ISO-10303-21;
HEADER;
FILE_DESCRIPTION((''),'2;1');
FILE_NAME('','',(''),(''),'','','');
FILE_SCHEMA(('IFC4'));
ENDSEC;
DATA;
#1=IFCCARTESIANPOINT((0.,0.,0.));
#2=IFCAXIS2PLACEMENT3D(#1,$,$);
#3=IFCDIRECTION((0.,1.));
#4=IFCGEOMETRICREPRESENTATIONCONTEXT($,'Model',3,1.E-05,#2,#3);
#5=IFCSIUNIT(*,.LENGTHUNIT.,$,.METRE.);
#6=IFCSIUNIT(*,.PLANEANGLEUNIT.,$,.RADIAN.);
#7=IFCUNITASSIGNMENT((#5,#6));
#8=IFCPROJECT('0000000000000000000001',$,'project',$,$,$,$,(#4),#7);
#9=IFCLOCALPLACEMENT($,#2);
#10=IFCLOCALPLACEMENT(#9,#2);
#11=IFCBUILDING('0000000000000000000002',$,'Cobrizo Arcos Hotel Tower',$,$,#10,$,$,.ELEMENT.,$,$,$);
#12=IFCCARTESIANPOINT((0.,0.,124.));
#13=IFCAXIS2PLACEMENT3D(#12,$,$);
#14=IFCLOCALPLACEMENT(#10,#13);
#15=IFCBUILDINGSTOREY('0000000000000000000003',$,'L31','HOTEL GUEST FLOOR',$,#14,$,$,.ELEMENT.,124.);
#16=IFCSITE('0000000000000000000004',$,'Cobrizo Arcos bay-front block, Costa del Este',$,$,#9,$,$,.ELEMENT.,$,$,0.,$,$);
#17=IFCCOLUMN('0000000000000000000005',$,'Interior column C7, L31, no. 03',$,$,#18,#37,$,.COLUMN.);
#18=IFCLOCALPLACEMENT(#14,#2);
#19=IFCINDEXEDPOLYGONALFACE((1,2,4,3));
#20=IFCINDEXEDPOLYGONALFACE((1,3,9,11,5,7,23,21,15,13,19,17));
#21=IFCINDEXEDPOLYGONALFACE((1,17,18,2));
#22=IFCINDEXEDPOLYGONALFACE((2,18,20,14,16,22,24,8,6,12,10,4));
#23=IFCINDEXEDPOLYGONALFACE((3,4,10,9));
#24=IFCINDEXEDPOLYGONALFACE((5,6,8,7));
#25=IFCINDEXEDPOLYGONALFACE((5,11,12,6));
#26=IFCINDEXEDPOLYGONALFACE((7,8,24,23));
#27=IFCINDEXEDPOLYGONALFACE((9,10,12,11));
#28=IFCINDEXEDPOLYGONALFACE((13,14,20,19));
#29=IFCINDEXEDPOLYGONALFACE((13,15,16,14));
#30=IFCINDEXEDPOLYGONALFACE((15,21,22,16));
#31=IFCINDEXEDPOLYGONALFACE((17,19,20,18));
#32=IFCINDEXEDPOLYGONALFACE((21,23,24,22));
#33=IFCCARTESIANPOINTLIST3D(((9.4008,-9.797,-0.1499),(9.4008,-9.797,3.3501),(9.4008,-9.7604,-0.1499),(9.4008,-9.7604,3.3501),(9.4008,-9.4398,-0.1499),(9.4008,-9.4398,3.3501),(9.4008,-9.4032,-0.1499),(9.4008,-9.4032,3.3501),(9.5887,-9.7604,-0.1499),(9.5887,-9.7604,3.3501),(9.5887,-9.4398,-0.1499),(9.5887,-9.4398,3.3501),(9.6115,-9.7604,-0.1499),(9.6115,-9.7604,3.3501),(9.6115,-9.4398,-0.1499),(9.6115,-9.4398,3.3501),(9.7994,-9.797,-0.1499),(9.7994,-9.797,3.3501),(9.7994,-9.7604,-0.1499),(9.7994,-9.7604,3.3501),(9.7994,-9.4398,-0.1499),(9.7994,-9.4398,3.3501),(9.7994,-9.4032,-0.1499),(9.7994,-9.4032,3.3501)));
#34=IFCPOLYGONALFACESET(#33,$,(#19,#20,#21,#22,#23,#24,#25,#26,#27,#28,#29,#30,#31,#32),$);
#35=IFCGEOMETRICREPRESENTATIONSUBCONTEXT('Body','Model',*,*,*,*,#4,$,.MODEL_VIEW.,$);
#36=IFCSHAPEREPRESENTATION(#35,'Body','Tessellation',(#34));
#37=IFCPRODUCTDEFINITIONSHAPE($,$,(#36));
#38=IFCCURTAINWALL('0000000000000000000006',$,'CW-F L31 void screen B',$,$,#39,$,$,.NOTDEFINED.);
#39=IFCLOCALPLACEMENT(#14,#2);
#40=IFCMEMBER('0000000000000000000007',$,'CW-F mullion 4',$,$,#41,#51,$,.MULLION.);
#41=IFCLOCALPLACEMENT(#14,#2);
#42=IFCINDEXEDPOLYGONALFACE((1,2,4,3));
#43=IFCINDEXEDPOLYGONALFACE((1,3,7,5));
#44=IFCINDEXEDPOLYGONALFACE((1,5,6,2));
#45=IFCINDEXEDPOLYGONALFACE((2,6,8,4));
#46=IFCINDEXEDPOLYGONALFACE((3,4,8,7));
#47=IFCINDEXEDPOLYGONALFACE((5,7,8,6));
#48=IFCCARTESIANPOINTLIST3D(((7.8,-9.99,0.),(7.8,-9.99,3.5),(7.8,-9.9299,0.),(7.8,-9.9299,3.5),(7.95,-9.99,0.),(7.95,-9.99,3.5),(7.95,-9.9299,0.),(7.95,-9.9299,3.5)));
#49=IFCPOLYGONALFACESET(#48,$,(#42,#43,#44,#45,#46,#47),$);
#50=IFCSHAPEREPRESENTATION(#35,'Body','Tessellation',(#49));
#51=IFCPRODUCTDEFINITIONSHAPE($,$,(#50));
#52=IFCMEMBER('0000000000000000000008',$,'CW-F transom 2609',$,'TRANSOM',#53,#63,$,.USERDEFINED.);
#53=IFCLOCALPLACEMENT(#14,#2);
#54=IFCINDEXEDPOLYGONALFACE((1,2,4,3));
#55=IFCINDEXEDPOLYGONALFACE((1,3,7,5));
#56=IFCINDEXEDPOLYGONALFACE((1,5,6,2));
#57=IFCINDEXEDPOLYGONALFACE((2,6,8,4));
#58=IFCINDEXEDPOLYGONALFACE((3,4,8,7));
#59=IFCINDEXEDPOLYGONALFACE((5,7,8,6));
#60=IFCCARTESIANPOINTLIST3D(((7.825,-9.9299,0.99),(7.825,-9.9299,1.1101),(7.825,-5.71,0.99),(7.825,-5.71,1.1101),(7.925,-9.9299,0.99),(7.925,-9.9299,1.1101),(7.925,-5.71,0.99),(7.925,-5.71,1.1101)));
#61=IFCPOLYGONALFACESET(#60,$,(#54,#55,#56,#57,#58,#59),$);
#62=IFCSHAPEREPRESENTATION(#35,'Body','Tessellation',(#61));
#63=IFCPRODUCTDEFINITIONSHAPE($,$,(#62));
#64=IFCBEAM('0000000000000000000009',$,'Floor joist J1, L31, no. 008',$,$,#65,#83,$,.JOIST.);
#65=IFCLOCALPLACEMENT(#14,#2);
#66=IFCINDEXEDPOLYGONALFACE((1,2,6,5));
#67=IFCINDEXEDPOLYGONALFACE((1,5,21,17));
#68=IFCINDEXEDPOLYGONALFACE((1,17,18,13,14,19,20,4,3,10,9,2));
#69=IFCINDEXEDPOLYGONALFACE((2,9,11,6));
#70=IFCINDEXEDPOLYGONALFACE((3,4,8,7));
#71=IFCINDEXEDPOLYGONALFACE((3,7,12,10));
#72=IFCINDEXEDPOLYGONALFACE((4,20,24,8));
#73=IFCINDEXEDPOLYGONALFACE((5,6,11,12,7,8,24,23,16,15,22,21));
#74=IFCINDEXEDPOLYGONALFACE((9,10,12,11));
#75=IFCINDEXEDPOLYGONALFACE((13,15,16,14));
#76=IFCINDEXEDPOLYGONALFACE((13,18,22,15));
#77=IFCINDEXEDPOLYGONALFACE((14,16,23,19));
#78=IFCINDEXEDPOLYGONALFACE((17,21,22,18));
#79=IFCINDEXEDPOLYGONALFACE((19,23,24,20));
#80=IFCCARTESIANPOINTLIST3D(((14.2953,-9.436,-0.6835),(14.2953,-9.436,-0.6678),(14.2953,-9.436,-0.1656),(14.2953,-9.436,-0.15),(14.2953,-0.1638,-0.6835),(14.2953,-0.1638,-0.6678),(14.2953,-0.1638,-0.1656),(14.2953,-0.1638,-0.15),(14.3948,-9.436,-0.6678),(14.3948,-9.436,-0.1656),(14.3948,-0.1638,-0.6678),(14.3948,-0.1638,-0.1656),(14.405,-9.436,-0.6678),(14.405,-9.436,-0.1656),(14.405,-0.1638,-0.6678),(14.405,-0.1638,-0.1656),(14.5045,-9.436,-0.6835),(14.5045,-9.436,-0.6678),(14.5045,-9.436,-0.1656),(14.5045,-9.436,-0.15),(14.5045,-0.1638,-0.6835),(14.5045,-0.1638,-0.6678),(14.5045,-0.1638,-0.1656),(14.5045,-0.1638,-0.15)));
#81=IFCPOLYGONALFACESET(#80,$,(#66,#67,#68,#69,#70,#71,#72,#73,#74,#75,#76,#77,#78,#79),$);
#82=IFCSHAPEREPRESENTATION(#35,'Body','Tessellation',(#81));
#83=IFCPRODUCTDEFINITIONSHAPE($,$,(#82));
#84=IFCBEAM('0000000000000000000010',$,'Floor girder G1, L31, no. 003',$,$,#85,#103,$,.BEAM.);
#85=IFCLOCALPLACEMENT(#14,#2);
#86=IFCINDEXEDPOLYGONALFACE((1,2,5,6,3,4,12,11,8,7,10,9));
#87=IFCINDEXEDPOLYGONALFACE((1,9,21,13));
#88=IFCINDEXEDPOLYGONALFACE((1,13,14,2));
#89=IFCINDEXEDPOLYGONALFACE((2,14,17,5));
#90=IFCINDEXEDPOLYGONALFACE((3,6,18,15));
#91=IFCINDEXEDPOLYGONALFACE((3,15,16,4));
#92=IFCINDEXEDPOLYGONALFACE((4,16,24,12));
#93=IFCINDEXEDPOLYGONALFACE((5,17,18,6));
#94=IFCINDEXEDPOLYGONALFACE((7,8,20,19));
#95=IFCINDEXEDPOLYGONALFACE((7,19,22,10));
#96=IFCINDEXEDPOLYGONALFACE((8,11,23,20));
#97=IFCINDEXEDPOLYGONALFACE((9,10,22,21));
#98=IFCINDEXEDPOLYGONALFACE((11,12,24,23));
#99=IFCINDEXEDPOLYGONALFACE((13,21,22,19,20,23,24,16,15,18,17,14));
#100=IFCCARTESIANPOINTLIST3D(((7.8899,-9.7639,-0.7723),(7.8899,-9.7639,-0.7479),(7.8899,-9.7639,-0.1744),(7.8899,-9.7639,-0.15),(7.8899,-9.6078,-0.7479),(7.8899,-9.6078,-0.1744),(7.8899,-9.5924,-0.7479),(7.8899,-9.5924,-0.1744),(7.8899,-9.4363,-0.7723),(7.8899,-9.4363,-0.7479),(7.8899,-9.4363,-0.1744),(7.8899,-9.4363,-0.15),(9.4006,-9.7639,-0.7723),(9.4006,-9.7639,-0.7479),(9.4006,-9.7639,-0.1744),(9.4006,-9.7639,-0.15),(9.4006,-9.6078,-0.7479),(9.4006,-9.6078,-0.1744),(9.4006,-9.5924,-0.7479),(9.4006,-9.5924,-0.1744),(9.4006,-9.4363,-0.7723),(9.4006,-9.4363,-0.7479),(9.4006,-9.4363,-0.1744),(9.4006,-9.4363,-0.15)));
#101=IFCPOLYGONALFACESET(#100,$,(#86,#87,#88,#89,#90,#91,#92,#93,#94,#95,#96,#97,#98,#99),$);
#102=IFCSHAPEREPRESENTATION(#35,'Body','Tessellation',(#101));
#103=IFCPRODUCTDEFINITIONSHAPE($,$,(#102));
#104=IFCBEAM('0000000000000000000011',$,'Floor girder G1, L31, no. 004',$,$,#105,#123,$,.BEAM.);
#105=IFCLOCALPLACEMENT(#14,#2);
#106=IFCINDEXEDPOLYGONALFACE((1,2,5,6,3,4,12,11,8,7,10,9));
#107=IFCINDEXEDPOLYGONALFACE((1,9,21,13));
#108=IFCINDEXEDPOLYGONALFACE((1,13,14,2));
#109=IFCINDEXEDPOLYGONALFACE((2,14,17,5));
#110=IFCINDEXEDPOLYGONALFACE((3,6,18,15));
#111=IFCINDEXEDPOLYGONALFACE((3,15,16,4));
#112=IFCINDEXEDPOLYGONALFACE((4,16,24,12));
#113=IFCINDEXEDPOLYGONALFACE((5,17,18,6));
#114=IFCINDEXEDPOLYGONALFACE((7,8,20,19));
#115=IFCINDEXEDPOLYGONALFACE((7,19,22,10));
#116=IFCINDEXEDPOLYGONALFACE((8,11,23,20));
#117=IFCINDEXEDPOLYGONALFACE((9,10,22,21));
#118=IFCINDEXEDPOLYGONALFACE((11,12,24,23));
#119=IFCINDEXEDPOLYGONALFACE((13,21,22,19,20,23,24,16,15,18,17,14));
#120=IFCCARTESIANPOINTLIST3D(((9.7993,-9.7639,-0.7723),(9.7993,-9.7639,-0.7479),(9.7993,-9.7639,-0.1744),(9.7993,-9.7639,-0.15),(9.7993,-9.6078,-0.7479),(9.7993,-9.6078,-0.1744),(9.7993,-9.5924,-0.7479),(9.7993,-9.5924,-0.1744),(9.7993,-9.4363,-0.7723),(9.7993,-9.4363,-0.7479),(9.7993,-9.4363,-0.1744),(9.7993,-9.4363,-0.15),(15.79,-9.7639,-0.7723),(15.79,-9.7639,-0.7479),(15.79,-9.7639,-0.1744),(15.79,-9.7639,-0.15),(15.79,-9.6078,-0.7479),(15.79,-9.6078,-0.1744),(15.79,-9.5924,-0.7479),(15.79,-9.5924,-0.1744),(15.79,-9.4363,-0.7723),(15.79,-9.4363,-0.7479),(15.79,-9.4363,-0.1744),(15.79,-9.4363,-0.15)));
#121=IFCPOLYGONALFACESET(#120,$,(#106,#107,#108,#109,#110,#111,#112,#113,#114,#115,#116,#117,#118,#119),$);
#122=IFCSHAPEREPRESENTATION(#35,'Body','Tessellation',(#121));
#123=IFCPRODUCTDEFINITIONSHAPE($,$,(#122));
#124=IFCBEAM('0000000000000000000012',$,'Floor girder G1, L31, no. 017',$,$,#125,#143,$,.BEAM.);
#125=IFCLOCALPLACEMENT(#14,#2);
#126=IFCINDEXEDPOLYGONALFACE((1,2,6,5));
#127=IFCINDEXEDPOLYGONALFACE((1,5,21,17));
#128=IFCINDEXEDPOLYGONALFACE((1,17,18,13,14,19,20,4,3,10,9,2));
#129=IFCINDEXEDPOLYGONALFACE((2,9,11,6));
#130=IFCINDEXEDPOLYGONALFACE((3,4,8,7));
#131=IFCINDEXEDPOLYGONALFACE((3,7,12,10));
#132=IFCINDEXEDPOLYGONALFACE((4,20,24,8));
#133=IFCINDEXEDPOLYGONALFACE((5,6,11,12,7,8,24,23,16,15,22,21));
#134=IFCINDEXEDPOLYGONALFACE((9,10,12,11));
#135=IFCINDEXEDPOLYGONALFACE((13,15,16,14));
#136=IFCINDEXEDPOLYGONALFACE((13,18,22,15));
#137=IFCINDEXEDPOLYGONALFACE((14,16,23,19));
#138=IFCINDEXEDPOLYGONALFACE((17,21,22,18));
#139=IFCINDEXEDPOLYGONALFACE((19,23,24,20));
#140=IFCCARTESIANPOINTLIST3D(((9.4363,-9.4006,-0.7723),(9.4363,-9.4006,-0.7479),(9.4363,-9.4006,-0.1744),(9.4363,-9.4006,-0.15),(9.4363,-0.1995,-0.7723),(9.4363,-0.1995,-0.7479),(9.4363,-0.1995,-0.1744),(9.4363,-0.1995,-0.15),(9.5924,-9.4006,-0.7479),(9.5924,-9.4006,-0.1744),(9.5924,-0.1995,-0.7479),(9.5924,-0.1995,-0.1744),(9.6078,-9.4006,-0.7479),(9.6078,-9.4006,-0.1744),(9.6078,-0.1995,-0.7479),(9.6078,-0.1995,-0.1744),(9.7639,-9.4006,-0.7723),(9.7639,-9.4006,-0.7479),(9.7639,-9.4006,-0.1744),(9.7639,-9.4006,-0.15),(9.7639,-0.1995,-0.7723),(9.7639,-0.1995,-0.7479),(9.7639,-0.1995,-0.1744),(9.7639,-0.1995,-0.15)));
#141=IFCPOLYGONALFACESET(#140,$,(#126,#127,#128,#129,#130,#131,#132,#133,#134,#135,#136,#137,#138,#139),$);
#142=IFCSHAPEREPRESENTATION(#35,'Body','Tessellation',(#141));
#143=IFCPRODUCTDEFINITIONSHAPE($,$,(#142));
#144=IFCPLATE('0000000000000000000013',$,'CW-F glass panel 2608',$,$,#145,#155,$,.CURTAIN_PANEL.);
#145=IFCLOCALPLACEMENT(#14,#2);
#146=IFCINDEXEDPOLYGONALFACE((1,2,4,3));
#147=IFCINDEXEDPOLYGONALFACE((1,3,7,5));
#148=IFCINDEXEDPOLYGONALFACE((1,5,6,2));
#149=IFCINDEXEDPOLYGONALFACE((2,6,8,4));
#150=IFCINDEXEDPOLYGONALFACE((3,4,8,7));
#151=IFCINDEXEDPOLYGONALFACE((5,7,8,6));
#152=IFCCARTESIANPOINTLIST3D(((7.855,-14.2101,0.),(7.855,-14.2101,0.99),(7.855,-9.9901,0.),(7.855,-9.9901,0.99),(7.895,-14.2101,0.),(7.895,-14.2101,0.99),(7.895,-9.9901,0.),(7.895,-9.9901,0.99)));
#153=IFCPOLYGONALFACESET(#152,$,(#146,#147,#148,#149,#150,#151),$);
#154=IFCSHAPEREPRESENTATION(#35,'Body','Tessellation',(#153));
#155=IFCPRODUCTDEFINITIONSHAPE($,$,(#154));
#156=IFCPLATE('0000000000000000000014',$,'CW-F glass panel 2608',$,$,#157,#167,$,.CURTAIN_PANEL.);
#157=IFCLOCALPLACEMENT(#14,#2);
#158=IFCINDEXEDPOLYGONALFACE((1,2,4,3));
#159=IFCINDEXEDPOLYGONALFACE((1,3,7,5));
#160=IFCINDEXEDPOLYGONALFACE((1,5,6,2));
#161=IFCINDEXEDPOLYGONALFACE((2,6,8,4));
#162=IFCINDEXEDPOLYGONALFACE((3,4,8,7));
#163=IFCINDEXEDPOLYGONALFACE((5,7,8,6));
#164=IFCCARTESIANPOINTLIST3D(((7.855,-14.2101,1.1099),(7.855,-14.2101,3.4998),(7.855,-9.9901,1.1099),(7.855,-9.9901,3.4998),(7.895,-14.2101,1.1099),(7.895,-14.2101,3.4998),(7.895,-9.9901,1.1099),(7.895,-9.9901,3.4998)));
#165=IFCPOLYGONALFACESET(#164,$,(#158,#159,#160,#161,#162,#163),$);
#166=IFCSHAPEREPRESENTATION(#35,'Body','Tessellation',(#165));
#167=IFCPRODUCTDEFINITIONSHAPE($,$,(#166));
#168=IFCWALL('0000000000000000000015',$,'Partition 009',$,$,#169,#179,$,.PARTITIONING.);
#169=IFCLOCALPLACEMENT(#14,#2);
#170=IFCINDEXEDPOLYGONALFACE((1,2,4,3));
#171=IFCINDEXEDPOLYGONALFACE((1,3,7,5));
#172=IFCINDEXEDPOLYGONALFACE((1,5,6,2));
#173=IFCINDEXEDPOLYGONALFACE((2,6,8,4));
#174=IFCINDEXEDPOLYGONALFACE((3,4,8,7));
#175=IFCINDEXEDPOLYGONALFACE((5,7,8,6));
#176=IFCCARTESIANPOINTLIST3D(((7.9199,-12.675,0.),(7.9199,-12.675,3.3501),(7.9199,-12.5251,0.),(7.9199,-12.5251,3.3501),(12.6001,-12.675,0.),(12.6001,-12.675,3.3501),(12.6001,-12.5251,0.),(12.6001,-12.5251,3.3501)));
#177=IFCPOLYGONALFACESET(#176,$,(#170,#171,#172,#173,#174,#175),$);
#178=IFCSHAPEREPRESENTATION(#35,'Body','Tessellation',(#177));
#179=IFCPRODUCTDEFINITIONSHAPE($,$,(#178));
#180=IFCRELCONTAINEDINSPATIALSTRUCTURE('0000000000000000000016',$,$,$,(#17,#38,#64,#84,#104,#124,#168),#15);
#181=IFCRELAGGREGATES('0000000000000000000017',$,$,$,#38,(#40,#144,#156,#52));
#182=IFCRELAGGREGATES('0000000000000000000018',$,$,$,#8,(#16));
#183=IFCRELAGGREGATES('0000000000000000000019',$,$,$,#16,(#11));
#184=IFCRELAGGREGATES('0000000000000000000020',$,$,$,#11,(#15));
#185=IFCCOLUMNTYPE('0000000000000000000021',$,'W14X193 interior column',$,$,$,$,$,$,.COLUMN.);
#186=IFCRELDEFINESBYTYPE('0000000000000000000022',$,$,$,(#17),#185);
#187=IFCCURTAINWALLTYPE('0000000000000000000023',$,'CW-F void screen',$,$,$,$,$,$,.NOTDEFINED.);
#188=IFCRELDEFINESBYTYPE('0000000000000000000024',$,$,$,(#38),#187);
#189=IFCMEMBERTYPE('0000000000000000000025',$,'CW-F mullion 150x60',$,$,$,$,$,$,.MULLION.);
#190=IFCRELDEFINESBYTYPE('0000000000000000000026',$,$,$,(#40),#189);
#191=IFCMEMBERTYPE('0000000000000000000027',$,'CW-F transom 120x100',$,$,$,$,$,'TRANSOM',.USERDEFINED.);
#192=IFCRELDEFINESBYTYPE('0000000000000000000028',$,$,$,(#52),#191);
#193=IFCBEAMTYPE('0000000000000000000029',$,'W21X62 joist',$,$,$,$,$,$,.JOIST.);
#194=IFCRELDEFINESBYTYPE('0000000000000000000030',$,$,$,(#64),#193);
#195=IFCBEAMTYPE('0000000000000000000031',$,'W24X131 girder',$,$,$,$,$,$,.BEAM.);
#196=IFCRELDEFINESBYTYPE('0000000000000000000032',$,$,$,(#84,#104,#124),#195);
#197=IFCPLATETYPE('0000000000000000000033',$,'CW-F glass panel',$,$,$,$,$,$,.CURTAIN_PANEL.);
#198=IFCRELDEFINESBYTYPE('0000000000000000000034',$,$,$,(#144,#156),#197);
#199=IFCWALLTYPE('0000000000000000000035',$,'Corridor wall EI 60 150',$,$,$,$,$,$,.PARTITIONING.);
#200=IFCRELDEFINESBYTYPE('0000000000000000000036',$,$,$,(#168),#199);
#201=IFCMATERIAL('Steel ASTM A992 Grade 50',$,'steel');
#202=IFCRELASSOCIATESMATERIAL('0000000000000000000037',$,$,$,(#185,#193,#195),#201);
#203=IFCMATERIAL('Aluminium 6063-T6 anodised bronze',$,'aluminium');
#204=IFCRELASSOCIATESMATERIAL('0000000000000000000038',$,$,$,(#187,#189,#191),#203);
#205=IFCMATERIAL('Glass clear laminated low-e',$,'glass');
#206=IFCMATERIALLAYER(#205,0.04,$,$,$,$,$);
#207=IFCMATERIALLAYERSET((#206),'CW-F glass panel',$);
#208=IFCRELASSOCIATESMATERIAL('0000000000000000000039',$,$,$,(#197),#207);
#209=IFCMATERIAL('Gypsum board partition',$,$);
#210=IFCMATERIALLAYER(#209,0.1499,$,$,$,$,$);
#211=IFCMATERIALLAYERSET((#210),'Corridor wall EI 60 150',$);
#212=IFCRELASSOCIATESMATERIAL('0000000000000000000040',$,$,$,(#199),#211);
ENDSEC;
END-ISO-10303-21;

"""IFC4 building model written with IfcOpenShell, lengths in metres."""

from ifc_helpers import new_model, si_unit, direction, frame, frame_2d, origin, origin_2d, place, context, subcontext, project, spatial, rectangle, i_section, extrude, material, layer, layer_set, material_profile, profile_set, type_object, element, aggregate, save


model = new_model("IFC4")

# Units and contexts
model_context = context("Model", 3, precision=1e-05, world=origin(), true_north=direction((0.0, 1.0)))
body_context = subcontext(model_context, "Body", "Model", "MODEL_VIEW")
ifc_project = project(units=[si_unit("LENGTHUNIT", "METRE"), si_unit("PLANEANGLEUNIT", "RADIAN")], contexts=[model_context])

# Site, building, storey
site_placement = place(None, origin())
site = spatial("IfcSite", under=ifc_project, at=site_placement, Name="Cobrizo Arcos bay-front block, Costa del Este", CompositionType="ELEMENT", RefElevation=0.0)
building_placement = place(site_placement, origin())
building = spatial("IfcBuilding", under=site, at=building_placement, Name="Cobrizo Arcos Hotel Tower", CompositionType="ELEMENT")
storey_placement = place(building_placement, frame((0.0, 0.0, 124.0)))
storey = spatial("IfcBuildingStorey", under=building, at=storey_placement, Name="L31", Description="HOTEL GUEST FLOOR", CompositionType="ELEMENT", Elevation=124.0)

# Column
ifc_material_1 = material(Name="Steel ASTM A992 Grade 50", Category="steel")
ifc_material_profile_1 = material_profile(ifc_material_1, i_section(OverallWidth=0.3987, OverallDepth=0.3938, WebThickness=0.0227, FlangeThickness=0.0366, at=origin_2d()), Name="W14X193")
ifc_profile_set_1 = profile_set([ifc_material_profile_1], Name="Steel ASTM A992 Grade 50")
column_type = type_object("IfcColumnType", Name="W14X193 interior column", PredefinedType="COLUMN", material=ifc_profile_set_1)
column_placement = place(storey_placement, frame((9.6001, -9.6001, -0.1499), z_axis=(0.0, 0.0, 1.0), x_axis=(1.0, 0.0, 0.0)))
element("IfcColumn", 1, at=column_placement, inside=storey, type_object=column_type, Name="Interior column C7, L31, no. 03", PredefinedType="COLUMN", context=body_context, shape_type="SweptSolid", body=[
    extrude(i_section(OverallWidth=0.3987, OverallDepth=0.3938, WebThickness=0.0227, FlangeThickness=0.0366, at=origin_2d()), origin(), (0.0, 0.0, 1.0), 3.5),
])

# Curtain wall, members
ifc_material_2 = material(Name="Aluminium 6063-T6 anodised bronze", Category="aluminium")
curtain_wall_type = type_object("IfcCurtainWallType", Name="CW-F void screen", PredefinedType="NOTDEFINED", material=ifc_material_2)
curtain_wall_placement = place(storey_placement, origin())
curtain_wall = element("IfcCurtainWall", 2, at=curtain_wall_placement, inside=storey, type_object=curtain_wall_type, Name="CW-F L31 void screen B", PredefinedType="NOTDEFINED")
ifc_material_profile_2 = material_profile(ifc_material_2, rectangle(XDim=0.1499, YDim=0.0601, at=origin_2d()), Name="CW-F mullion 150x60")
ifc_profile_set_2 = profile_set([ifc_material_profile_2], Name="Aluminium 6063-T6 anodised bronze")
member_type_1 = type_object("IfcMemberType", Name="CW-F mullion 150x60", PredefinedType="MULLION", material=ifc_profile_set_2)
member_1_placement = place(storey_placement, frame((7.875, -9.96, 0.0), z_axis=(0.0, 0.0, 1.0), x_axis=(1.0, 0.0, 0.0)))
member_1 = element("IfcMember", 3, at=member_1_placement, type_object=member_type_1, Name="CW-F mullion 4", PredefinedType="MULLION", context=body_context, shape_type="SweptSolid", body=[
    extrude(rectangle(XDim=0.1499, YDim=0.0601, at=origin_2d()), origin(), (0.0, 0.0, 1.0), 3.5),
])
ifc_material_profile_3 = material_profile(ifc_material_2, rectangle(XDim=0.1001, YDim=0.1201, at=origin_2d()), Name="CW-F transom 120x100")
ifc_profile_set_3 = profile_set([ifc_material_profile_3], Name="Aluminium 6063-T6 anodised bronze")
member_type_2 = type_object("IfcMemberType", Name="CW-F transom 120x100", ElementType="TRANSOM", PredefinedType="USERDEFINED", material=ifc_profile_set_3)
member_2_placement = place(storey_placement, frame((7.875, -9.9299, 1.05), z_axis=(0.0, 1.0, 0.0), x_axis=(-1.0, 0.0, 0.0)))
member_2 = element("IfcMember", 4, at=member_2_placement, type_object=member_type_2, Name="CW-F transom 2609", ObjectType="TRANSOM", PredefinedType="USERDEFINED", context=body_context, shape_type="SweptSolid", body=[
    extrude(rectangle(XDim=0.1001, YDim=0.1201, at=origin_2d()), origin(), (0.0, 0.0, 1.0), 4.22),
])

# Beams
ifc_material_profile_4 = material_profile(ifc_material_1, i_section(OverallWidth=0.2092, OverallDepth=0.5334, WebThickness=0.0103, FlangeThickness=0.0156, at=origin_2d()), Name="W21X62")
ifc_profile_set_4 = profile_set([ifc_material_profile_4], Name="Steel ASTM A992 Grade 50")
beam_type_1 = type_object("IfcBeamType", Name="W21X62 joist", PredefinedType="JOIST", material=ifc_profile_set_4)
beam_1_placement = place(storey_placement, frame((14.3999, -9.436, -0.4167), z_axis=(0.0, 1.0, 0.0), x_axis=(-1.0, 0.0, 0.0)))
element("IfcBeam", 5, at=beam_1_placement, inside=storey, type_object=beam_type_1, Name="Floor joist J1, L31, no. 008", PredefinedType="JOIST", context=body_context, shape_type="SweptSolid", body=[
    extrude(i_section(OverallWidth=0.2092, OverallDepth=0.5334, WebThickness=0.0103, FlangeThickness=0.0156, at=origin_2d()), origin(), (0.0, 0.0, 1.0), 9.2722),
])
ifc_material_profile_5 = material_profile(ifc_material_1, i_section(OverallWidth=0.3276, OverallDepth=0.6223, WebThickness=0.0154, FlangeThickness=0.0244, at=origin_2d()), Name="W24X131")
ifc_profile_set_5 = profile_set([ifc_material_profile_5], Name="Steel ASTM A992 Grade 50")
beam_type_2 = type_object("IfcBeamType", Name="W24X131 girder", PredefinedType="BEAM", material=ifc_profile_set_5)
beam_2_placement = place(storey_placement, frame((7.8899, -9.6001, -0.4612), z_axis=(1.0, 0.0, 0.0), x_axis=(0.0, 1.0, 0.0)))
element("IfcBeam", 6, at=beam_2_placement, inside=storey, type_object=beam_type_2, Name="Floor girder G1, L31, no. 003", PredefinedType="BEAM", context=body_context, shape_type="SweptSolid", body=[
    extrude(i_section(OverallWidth=0.3276, OverallDepth=0.6223, WebThickness=0.0154, FlangeThickness=0.0244, at=origin_2d()), origin(), (0.0, 0.0, 1.0), 1.5107),
])
beam_3_placement = place(storey_placement, frame((9.7993, -9.6001, -0.4612), z_axis=(1.0, 0.0, 0.0), x_axis=(0.0, 1.0, 0.0)))
element("IfcBeam", 7, at=beam_3_placement, inside=storey, type_object=beam_type_2, Name="Floor girder G1, L31, no. 004", PredefinedType="BEAM", context=body_context, shape_type="SweptSolid", body=[
    extrude(i_section(OverallWidth=0.3276, OverallDepth=0.6223, WebThickness=0.0154, FlangeThickness=0.0244, at=origin_2d()), origin(), (0.0, 0.0, 1.0), 5.9907),
])
beam_4_placement = place(storey_placement, frame((9.6001, -9.4006, -0.4612), z_axis=(0.0, 1.0, 0.0), x_axis=(-1.0, 0.0, 0.0)))
element("IfcBeam", 8, at=beam_4_placement, inside=storey, type_object=beam_type_2, Name="Floor girder G1, L31, no. 017", PredefinedType="BEAM", context=body_context, shape_type="SweptSolid", body=[
    extrude(i_section(OverallWidth=0.3276, OverallDepth=0.6223, WebThickness=0.0154, FlangeThickness=0.0244, at=origin_2d()), origin(), (0.0, 0.0, 1.0), 9.2012),
])

# Plates
ifc_material_3 = material(Name="Glass clear laminated low-e", Category="glass")
ifc_layer_1 = layer(ifc_material_3, 0.04)
ifc_layer_set_1 = layer_set([ifc_layer_1], Name="CW-F glass panel")
plate_type = type_object("IfcPlateType", Name="CW-F glass panel", PredefinedType="CURTAIN_PANEL", material=ifc_layer_set_1)
plate_1_placement = place(storey_placement, frame((7.875, -12.1001, 0.0), z_axis=(0.0, 0.0, 1.0), x_axis=(0.0, 1.0, 0.0)))
plate_1 = element("IfcPlate", 9, at=plate_1_placement, type_object=plate_type, Name="CW-F glass panel 2608", PredefinedType="CURTAIN_PANEL", context=body_context, shape_type="SweptSolid", body=[
    extrude(rectangle(XDim=4.22, YDim=0.04, at=origin_2d()), origin(), (0.0, 0.0, 1.0), 0.99),
])
plate_2_placement = place(storey_placement, frame((7.875, -12.1001, 1.1099), z_axis=(0.0, 0.0, 1.0), x_axis=(0.0, 1.0, 0.0)))
plate_2 = element("IfcPlate", 10, at=plate_2_placement, type_object=plate_type, Name="CW-F glass panel 2608", PredefinedType="CURTAIN_PANEL", context=body_context, shape_type="SweptSolid", body=[
    extrude(rectangle(XDim=4.22, YDim=0.04, at=origin_2d()), origin(), (0.0, 0.0, 1.0), 2.3899),
])
aggregate(curtain_wall, [member_1, plate_1, plate_2, member_2])

# Wall
ifc_material_4 = material(Name="Gypsum board partition")
ifc_layer_2 = layer(ifc_material_4, 0.1499)
ifc_layer_set_2 = layer_set([ifc_layer_2], Name="Corridor wall EI 60 150")
wall_type_1 = type_object("IfcWallType", Name="Corridor wall EI 60 150", PredefinedType="PARTITIONING", material=ifc_layer_set_2)
wall_1_placement = place(storey_placement, frame((7.9199, -12.6001, 0.0), z_axis=(0.0, 0.0, 1.0), x_axis=(1.0, 0.0, 0.0)))
element("IfcWall", 11, at=wall_1_placement, inside=storey, type_object=wall_type_1, Name="Partition 009", PredefinedType="PARTITIONING", context=body_context, shape_type="SweptSolid", body=[
    extrude(rectangle(XDim=4.6802, YDim=0.1499, at=frame_2d((2.3401, 0.0))), origin(), (0.0, 0.0, 1.0), 3.3501),
])

save(model, "model.ifc")
